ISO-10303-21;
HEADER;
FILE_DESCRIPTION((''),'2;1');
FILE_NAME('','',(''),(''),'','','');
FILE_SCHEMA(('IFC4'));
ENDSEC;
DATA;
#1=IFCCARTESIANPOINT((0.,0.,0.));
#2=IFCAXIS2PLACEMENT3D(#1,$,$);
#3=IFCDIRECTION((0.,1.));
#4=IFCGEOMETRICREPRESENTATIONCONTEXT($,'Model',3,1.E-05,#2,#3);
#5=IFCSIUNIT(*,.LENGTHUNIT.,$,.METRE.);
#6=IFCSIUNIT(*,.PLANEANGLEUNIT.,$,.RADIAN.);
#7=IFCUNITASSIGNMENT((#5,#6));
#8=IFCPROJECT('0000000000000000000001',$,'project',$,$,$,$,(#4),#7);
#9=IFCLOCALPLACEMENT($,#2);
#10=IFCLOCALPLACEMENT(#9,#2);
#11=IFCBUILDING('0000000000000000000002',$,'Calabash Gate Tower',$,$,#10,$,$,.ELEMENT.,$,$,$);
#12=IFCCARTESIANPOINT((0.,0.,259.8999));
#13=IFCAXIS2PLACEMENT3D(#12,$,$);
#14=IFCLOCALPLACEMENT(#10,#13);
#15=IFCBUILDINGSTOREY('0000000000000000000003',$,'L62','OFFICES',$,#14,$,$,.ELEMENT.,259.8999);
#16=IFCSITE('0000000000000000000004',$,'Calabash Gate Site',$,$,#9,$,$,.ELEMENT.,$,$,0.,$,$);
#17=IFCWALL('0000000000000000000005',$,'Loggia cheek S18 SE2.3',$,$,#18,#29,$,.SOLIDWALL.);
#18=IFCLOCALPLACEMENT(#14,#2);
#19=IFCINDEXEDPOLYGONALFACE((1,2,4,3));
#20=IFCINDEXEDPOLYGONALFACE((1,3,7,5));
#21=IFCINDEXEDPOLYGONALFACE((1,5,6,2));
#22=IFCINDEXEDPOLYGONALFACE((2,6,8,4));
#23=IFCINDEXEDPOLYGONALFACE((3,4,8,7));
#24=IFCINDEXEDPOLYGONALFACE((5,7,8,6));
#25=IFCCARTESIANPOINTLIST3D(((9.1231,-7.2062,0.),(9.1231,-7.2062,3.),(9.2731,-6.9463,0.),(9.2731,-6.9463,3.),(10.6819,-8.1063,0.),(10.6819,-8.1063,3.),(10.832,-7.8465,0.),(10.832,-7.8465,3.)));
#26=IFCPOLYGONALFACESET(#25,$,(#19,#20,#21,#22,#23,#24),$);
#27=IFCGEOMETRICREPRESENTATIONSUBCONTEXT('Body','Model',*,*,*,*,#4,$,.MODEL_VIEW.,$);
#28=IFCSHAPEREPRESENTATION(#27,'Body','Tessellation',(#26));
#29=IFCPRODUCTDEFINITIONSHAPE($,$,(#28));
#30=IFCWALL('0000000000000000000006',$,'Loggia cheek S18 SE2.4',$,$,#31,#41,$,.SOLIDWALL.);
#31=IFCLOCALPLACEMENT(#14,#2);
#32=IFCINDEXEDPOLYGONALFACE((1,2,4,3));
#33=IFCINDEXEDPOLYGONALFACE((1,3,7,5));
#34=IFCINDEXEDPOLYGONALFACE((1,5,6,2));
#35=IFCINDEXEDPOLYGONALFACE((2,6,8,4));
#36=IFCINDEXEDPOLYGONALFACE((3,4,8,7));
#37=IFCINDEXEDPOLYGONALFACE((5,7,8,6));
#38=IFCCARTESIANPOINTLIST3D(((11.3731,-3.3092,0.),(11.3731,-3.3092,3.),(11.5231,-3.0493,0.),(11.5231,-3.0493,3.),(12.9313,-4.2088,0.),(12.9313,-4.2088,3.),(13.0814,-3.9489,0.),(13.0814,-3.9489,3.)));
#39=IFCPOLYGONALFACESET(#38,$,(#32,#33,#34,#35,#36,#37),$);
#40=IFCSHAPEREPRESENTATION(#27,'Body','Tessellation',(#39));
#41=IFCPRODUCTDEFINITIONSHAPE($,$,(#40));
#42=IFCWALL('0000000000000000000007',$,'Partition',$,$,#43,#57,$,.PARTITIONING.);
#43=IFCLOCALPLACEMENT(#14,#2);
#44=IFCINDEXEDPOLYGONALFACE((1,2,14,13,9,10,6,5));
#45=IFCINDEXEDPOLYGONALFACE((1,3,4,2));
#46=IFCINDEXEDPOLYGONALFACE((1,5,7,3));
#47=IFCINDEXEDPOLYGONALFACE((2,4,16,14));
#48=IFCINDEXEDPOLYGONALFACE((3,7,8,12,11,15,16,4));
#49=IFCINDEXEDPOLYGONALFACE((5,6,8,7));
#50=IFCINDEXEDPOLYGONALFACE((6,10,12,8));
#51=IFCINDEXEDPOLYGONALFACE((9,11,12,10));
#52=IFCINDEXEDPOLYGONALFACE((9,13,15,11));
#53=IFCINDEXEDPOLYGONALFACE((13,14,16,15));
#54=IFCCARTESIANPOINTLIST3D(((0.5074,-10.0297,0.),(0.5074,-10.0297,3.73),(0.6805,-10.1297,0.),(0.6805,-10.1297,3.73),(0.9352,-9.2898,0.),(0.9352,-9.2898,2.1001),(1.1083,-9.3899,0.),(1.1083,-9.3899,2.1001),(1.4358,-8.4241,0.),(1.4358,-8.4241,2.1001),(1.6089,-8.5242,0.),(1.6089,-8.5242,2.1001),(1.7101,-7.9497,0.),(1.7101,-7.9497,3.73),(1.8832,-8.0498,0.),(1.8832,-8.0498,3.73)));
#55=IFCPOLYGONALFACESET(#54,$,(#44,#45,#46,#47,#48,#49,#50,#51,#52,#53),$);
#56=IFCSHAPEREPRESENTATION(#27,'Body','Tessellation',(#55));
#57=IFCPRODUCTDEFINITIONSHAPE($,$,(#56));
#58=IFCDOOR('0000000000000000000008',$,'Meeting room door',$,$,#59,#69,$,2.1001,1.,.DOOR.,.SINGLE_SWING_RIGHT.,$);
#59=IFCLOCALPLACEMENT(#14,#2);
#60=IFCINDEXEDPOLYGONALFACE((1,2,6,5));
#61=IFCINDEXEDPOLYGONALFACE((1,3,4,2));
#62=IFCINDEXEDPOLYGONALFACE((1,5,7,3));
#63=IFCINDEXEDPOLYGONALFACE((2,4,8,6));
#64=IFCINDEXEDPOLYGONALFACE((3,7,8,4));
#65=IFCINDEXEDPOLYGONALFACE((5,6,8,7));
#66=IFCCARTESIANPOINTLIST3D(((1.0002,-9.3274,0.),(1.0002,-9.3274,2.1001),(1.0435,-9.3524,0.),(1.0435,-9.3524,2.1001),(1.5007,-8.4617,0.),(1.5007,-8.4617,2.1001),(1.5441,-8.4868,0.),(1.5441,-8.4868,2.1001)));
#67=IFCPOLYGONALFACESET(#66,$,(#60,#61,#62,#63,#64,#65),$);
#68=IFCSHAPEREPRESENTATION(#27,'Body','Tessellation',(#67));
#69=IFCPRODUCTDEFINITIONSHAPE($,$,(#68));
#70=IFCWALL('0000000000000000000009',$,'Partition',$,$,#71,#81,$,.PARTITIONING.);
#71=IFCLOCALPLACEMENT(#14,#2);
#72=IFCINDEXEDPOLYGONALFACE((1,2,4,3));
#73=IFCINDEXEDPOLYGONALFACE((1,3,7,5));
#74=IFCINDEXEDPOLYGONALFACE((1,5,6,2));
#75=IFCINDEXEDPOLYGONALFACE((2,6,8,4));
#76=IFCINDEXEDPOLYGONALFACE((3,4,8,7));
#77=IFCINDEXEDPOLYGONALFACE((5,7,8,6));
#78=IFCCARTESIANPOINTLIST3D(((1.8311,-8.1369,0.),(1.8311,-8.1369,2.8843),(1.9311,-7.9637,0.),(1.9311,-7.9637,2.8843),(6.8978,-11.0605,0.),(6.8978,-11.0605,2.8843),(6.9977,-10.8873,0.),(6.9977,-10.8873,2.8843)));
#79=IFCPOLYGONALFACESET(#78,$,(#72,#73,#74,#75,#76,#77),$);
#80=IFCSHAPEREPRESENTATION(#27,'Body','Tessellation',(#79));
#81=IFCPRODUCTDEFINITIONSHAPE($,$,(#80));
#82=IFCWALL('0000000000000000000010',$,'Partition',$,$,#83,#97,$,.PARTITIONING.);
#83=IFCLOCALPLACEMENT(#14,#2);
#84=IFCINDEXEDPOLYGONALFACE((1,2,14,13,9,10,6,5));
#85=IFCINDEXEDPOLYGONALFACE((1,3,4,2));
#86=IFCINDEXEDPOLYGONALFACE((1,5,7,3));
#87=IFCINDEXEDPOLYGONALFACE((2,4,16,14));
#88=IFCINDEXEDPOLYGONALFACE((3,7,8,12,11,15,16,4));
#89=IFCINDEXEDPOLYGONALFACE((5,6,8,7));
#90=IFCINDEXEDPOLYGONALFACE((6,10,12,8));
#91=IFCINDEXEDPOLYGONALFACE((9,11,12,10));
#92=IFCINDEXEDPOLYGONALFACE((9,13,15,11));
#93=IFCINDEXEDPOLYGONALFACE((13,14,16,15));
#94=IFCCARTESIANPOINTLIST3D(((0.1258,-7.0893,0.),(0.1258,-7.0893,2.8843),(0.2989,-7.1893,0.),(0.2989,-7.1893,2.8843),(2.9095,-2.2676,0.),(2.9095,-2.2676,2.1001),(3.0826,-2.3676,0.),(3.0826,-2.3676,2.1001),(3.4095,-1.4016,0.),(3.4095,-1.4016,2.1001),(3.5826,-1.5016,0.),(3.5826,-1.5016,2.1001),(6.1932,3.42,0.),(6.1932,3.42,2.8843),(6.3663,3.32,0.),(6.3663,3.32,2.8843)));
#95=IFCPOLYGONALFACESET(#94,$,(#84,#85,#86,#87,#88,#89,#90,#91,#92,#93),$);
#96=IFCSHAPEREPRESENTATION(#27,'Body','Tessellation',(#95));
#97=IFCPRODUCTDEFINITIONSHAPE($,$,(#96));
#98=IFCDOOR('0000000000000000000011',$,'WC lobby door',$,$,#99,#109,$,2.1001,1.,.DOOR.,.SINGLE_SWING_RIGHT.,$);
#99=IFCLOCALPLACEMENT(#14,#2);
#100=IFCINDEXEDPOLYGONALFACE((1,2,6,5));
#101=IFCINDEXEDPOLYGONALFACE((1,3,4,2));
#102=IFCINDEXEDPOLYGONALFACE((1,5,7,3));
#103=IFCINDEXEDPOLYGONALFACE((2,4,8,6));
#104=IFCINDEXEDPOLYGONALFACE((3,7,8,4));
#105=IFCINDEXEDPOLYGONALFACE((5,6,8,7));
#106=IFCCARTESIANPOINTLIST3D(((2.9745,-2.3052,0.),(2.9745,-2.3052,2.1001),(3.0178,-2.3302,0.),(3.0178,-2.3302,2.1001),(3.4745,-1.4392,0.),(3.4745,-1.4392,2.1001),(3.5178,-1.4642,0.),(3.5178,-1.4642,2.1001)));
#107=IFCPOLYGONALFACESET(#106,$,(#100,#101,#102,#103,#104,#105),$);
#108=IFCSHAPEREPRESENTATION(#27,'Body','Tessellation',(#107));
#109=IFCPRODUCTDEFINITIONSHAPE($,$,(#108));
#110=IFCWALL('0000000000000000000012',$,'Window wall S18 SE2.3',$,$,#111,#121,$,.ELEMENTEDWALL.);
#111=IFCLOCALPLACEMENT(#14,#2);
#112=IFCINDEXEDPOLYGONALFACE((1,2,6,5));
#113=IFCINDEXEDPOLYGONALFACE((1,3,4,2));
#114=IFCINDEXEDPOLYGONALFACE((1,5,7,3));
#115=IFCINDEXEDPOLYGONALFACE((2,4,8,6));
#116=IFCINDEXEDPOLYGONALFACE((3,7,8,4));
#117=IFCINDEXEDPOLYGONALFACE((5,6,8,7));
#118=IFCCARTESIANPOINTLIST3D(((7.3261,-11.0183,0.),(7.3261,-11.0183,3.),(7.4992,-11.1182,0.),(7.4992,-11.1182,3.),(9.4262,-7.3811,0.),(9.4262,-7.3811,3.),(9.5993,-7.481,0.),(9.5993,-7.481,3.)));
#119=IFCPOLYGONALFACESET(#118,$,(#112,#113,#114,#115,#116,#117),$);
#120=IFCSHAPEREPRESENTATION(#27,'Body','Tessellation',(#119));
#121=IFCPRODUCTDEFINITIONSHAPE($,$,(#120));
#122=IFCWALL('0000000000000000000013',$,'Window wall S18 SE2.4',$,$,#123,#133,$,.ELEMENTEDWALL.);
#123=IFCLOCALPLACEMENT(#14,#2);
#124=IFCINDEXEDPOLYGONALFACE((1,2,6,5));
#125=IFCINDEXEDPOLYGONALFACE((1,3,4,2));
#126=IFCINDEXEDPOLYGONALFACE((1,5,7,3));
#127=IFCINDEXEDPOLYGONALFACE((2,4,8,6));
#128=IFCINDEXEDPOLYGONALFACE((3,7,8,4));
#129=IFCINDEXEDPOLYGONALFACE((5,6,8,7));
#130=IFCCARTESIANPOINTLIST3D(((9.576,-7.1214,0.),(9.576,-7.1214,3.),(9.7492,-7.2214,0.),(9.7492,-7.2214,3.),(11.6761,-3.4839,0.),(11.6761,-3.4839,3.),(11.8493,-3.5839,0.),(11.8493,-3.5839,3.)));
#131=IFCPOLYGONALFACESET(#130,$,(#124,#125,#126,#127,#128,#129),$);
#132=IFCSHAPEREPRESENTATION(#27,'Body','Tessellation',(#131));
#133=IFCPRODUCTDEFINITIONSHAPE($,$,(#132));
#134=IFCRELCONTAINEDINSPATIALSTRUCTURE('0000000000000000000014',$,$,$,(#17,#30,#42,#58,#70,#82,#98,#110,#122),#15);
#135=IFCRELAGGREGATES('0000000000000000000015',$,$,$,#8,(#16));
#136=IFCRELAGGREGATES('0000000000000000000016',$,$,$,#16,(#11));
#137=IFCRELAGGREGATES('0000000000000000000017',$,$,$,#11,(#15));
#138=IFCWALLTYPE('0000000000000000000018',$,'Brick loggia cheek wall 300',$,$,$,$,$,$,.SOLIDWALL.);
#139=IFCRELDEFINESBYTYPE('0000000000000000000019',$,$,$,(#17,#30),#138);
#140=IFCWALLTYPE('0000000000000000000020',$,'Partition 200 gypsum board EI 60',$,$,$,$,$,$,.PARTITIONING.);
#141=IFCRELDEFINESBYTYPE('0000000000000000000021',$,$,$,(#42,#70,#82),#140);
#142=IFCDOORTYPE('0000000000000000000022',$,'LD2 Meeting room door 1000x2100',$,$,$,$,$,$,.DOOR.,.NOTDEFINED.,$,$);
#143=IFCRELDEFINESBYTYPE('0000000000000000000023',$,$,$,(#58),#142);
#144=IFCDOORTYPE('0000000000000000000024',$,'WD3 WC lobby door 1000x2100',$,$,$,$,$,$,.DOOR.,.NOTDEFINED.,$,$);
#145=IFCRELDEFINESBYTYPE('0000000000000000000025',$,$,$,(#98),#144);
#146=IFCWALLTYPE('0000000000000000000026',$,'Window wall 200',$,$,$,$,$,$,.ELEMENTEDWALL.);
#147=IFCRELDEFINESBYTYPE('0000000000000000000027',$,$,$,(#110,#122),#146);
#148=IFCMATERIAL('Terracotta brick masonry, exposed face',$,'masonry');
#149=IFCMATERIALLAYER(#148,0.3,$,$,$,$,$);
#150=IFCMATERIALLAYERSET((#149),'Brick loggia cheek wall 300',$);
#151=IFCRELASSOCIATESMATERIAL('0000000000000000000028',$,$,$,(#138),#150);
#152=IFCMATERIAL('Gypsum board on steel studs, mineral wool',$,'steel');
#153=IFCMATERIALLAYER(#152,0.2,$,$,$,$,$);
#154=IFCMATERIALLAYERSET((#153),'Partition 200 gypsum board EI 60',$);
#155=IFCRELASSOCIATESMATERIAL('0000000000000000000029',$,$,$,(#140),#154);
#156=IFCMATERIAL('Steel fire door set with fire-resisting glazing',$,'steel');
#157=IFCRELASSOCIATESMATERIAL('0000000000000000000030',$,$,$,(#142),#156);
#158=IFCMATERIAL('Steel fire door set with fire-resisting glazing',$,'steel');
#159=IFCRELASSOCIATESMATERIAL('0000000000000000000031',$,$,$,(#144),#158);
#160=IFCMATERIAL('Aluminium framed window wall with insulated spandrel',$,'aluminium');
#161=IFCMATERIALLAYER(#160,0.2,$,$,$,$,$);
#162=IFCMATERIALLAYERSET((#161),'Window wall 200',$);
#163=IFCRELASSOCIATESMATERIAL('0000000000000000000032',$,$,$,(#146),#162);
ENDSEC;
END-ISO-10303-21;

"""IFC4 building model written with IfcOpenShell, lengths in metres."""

from ifc_helpers import new_model, si_unit, direction, frame, frame_2d, origin, place, context, subcontext, project, spatial, rectangle, extrude, material, layer, layer_set, type_object, element, fill, save


model = new_model("IFC4")

# Units and contexts
model_context = context("Model", 3, precision=1e-05, world=origin(), true_north=direction((0.0, 1.0)))
body_context = subcontext(model_context, "Body", "Model", "MODEL_VIEW")
ifc_project = project(units=[si_unit("LENGTHUNIT", "METRE"), si_unit("PLANEANGLEUNIT", "RADIAN")], contexts=[model_context])

# Site, building, storey
site_placement = place(None, origin())
site = spatial("IfcSite", under=ifc_project, at=site_placement, Name="Calabash Gate Site", CompositionType="ELEMENT", RefElevation=0.0)
building_placement = place(site_placement, origin())
building = spatial("IfcBuilding", under=site, at=building_placement, Name="Calabash Gate Tower", CompositionType="ELEMENT")
storey_placement = place(building_placement, frame((0.0, 0.0, 259.8999)))
storey = spatial("IfcBuildingStorey", under=building, at=storey_placement, Name="L62", Description="OFFICES", CompositionType="ELEMENT", Elevation=259.8999)

# Walls
ifc_material_1 = material(Name="Terracotta brick masonry, exposed face", Category="masonry")
ifc_layer_1 = layer(ifc_material_1, 0.3)
ifc_layer_set_1 = layer_set([ifc_layer_1], Name="Brick loggia cheek wall 300")
wall_type_1 = type_object("IfcWallType", Name="Brick loggia cheek wall 300", PredefinedType="SOLIDWALL", material=ifc_layer_set_1)
wall_1_placement = place(storey_placement, frame((10.7568, -7.9763, 0.0), z_axis=(0.0, 0.0, 1.0), x_axis=(-0.865989, 0.500063, 0.0)))
element("IfcWall", 1, at=wall_1_placement, inside=storey, type_object=wall_type_1, Name="Loggia cheek S18 SE2.3", PredefinedType="SOLIDWALL", context=body_context, shape_type="SweptSolid", body=[
    extrude(rectangle(XDim=1.8, YDim=0.3, at=frame_2d((0.8999, 0.0))), origin(), (0.0, 0.0, 1.0), 3.0),
])
wall_2_placement = place(storey_placement, frame((13.0063, -4.0789, 0.0), z_axis=(0.0, 0.0, 1.0), x_axis=(-0.866039, 0.499977, 0.0)))
element("IfcWall", 2, at=wall_2_placement, inside=storey, type_object=wall_type_1, Name="Loggia cheek S18 SE2.4", PredefinedType="SOLIDWALL", context=body_context, shape_type="SweptSolid", body=[
    extrude(rectangle(XDim=1.7993, YDim=0.3, at=frame_2d((0.8997, 0.0))), origin(), (0.0, 0.0, 1.0), 3.0),
])

# Wall, opening, door
ifc_material_2 = material(Name="Gypsum board on steel studs, mineral wool", Category="steel")
ifc_layer_2 = layer(ifc_material_2, 0.2)
ifc_layer_set_2 = layer_set([ifc_layer_2], Name="Partition 200 gypsum board EI 60")
wall_type_2 = type_object("IfcWallType", Name="Partition 200 gypsum board EI 60", PredefinedType="PARTITIONING", material=ifc_layer_set_2)
wall_3_placement = place(storey_placement, frame((0.594, -10.0796, 0.0), z_axis=(0.0, 0.0, 1.0), x_axis=(0.500576, 0.865693, 0.0)))
wall_3 = element("IfcWall", 3, at=wall_3_placement, inside=storey, type_object=wall_type_2, Name="Partition", PredefinedType="PARTITIONING", context=body_context, shape_type="SweptSolid", body=[
    extrude(rectangle(XDim=2.4026, YDim=0.2, at=frame_2d((1.2012, 0.0))), origin(), (0.0, 0.0, 1.0), 3.73),
])
opening_1_placement = place(wall_3_placement, frame((0.8545, 0.0, 0.0)))
opening_1 = element("IfcOpeningElement", 4, at=opening_1_placement, cuts=wall_3, PredefinedType="OPENING", context=body_context, shape_type="SweptSolid", body=[
    extrude(rectangle(XDim=1.0, YDim=2.1001, at=frame_2d((0.5, 1.05))), frame((0.0, 0.1099, 0.0), z_axis=(0.0, -1.0, 0.0), x_axis=(1.0, 0.0, 0.0)), (0.0, 0.0, 1.0), 0.22),
])
ifc_material_3 = material(Name="Steel fire door set with fire-resisting glazing", Category="steel")
door_type_1 = type_object("IfcDoorType", Name="LD2 Meeting room door 1000x2100", OperationType="NOTDEFINED", PredefinedType="DOOR", material=ifc_material_3)
door_1_placement = place(opening_1_placement, origin())
door_1 = element("IfcDoor", 5, at=door_1_placement, inside=storey, type_object=door_type_1, Name="Meeting room door", OperationType="SINGLE_SWING_RIGHT", OverallHeight=2.1001, OverallWidth=1.0, PredefinedType="DOOR", context=body_context, shape_type="SweptSolid", body=[
    extrude(rectangle(XDim=1.0, YDim=2.1001, at=frame_2d((0.5, 1.05))), frame((0.0, 0.0249, 0.0), z_axis=(0.0, -1.0, 0.0), x_axis=(1.0, 0.0, 0.0)), (0.0, 0.0, 1.0), 0.05),
])
fill(opening_1, door_1)

# Wall
wall_4_placement = place(storey_placement, frame((1.8811, -8.0503, 0.0), z_axis=(0.0, 0.0, 1.0), x_axis=(0.866147, -0.499789, 0.0)))
element("IfcWall", 6, at=wall_4_placement, inside=storey, type_object=wall_type_2, Name="Partition", PredefinedType="PARTITIONING", context=body_context, shape_type="SweptSolid", body=[
    extrude(rectangle(XDim=5.8496, YDim=0.2, at=frame_2d((2.9248, 0.0))), origin(), (0.0, 0.0, 1.0), 2.8843),
])

# Wall, opening, door
wall_5_placement = place(storey_placement, frame((0.2124, -7.1392, 0.0), z_axis=(0.0, 0.0, 1.0), x_axis=(0.499991, 0.866031, 0.0)))
wall_5 = element("IfcWall", 7, at=wall_5_placement, inside=storey, type_object=wall_type_2, Name="Partition", PredefinedType="PARTITIONING", context=body_context, shape_type="SweptSolid", body=[
    extrude(rectangle(XDim=12.135, YDim=0.2, at=frame_2d((6.0674, 0.0))), origin(), (0.0, 0.0, 1.0), 2.8843),
])
opening_2_placement = place(wall_5_placement, frame((5.5674, 0.0, 0.0)))
opening_2 = element("IfcOpeningElement", 8, at=opening_2_placement, cuts=wall_5, PredefinedType="OPENING", context=body_context, shape_type="SweptSolid", body=[
    extrude(rectangle(XDim=1.0, YDim=2.1001, at=frame_2d((0.5, 1.05))), frame((0.0, 0.1099, 0.0), z_axis=(0.0, -1.0, 0.0), x_axis=(1.0, 0.0, 0.0)), (0.0, 0.0, 1.0), 0.22),
])
ifc_material_4 = material(Name="Steel fire door set with fire-resisting glazing", Category="steel")
door_type_2 = type_object("IfcDoorType", Name="WD3 WC lobby door 1000x2100", OperationType="NOTDEFINED", PredefinedType="DOOR", material=ifc_material_4)
door_2_placement = place(opening_2_placement, origin())
door_2 = element("IfcDoor", 9, at=door_2_placement, inside=storey, type_object=door_type_2, Name="WC lobby door", OperationType="SINGLE_SWING_RIGHT", OverallHeight=2.1001, OverallWidth=1.0, PredefinedType="DOOR", context=body_context, shape_type="SweptSolid", body=[
    extrude(rectangle(XDim=1.0, YDim=2.1001, at=frame_2d((0.5, 1.05))), frame((0.0, 0.0249, 0.0), z_axis=(0.0, -1.0, 0.0), x_axis=(1.0, 0.0, 0.0)), (0.0, 0.0, 1.0), 0.05),
])
fill(opening_2, door_2)

# Walls
ifc_material_5 = material(Name="Aluminium framed window wall with insulated spandrel", Category="aluminium")
ifc_layer_3 = layer(ifc_material_5, 0.2)
ifc_layer_set_3 = layer_set([ifc_layer_3], Name="Window wall 200")
wall_type_3 = type_object("IfcWallType", Name="Window wall 200", PredefinedType="ELEMENTEDWALL", material=ifc_layer_set_3)
wall_6_placement = place(storey_placement, frame((7.4126, -11.0684, 0.0), z_axis=(0.0, 0.0, 1.0), x_axis=(0.500028, 0.866009, 0.0)))
element("IfcWall", 10, at=wall_6_placement, inside=storey, type_object=wall_type_3, Name="Window wall S18 SE2.3", PredefinedType="ELEMENTEDWALL", context=body_context, shape_type="SweptSolid", body=[
    extrude(rectangle(XDim=4.2, YDim=0.2, at=frame_2d((2.1001, 0.0))), origin(), (0.0, 0.0, 1.0), 3.0),
])
wall_7_placement = place(storey_placement, frame((9.6626, -7.1714, 0.0), z_axis=(0.0, 0.0, 1.0), x_axis=(0.500003, 0.866024, 0.0)))
element("IfcWall", 11, at=wall_7_placement, inside=storey, type_object=wall_type_3, Name="Window wall S18 SE2.4", PredefinedType="ELEMENTEDWALL", context=body_context, shape_type="SweptSolid", body=[
    extrude(rectangle(XDim=4.2002, YDim=0.2, at=frame_2d((2.1001, 0.0))), origin(), (0.0, 0.0, 1.0), 3.0),
])

save(model, "model.ifc")
